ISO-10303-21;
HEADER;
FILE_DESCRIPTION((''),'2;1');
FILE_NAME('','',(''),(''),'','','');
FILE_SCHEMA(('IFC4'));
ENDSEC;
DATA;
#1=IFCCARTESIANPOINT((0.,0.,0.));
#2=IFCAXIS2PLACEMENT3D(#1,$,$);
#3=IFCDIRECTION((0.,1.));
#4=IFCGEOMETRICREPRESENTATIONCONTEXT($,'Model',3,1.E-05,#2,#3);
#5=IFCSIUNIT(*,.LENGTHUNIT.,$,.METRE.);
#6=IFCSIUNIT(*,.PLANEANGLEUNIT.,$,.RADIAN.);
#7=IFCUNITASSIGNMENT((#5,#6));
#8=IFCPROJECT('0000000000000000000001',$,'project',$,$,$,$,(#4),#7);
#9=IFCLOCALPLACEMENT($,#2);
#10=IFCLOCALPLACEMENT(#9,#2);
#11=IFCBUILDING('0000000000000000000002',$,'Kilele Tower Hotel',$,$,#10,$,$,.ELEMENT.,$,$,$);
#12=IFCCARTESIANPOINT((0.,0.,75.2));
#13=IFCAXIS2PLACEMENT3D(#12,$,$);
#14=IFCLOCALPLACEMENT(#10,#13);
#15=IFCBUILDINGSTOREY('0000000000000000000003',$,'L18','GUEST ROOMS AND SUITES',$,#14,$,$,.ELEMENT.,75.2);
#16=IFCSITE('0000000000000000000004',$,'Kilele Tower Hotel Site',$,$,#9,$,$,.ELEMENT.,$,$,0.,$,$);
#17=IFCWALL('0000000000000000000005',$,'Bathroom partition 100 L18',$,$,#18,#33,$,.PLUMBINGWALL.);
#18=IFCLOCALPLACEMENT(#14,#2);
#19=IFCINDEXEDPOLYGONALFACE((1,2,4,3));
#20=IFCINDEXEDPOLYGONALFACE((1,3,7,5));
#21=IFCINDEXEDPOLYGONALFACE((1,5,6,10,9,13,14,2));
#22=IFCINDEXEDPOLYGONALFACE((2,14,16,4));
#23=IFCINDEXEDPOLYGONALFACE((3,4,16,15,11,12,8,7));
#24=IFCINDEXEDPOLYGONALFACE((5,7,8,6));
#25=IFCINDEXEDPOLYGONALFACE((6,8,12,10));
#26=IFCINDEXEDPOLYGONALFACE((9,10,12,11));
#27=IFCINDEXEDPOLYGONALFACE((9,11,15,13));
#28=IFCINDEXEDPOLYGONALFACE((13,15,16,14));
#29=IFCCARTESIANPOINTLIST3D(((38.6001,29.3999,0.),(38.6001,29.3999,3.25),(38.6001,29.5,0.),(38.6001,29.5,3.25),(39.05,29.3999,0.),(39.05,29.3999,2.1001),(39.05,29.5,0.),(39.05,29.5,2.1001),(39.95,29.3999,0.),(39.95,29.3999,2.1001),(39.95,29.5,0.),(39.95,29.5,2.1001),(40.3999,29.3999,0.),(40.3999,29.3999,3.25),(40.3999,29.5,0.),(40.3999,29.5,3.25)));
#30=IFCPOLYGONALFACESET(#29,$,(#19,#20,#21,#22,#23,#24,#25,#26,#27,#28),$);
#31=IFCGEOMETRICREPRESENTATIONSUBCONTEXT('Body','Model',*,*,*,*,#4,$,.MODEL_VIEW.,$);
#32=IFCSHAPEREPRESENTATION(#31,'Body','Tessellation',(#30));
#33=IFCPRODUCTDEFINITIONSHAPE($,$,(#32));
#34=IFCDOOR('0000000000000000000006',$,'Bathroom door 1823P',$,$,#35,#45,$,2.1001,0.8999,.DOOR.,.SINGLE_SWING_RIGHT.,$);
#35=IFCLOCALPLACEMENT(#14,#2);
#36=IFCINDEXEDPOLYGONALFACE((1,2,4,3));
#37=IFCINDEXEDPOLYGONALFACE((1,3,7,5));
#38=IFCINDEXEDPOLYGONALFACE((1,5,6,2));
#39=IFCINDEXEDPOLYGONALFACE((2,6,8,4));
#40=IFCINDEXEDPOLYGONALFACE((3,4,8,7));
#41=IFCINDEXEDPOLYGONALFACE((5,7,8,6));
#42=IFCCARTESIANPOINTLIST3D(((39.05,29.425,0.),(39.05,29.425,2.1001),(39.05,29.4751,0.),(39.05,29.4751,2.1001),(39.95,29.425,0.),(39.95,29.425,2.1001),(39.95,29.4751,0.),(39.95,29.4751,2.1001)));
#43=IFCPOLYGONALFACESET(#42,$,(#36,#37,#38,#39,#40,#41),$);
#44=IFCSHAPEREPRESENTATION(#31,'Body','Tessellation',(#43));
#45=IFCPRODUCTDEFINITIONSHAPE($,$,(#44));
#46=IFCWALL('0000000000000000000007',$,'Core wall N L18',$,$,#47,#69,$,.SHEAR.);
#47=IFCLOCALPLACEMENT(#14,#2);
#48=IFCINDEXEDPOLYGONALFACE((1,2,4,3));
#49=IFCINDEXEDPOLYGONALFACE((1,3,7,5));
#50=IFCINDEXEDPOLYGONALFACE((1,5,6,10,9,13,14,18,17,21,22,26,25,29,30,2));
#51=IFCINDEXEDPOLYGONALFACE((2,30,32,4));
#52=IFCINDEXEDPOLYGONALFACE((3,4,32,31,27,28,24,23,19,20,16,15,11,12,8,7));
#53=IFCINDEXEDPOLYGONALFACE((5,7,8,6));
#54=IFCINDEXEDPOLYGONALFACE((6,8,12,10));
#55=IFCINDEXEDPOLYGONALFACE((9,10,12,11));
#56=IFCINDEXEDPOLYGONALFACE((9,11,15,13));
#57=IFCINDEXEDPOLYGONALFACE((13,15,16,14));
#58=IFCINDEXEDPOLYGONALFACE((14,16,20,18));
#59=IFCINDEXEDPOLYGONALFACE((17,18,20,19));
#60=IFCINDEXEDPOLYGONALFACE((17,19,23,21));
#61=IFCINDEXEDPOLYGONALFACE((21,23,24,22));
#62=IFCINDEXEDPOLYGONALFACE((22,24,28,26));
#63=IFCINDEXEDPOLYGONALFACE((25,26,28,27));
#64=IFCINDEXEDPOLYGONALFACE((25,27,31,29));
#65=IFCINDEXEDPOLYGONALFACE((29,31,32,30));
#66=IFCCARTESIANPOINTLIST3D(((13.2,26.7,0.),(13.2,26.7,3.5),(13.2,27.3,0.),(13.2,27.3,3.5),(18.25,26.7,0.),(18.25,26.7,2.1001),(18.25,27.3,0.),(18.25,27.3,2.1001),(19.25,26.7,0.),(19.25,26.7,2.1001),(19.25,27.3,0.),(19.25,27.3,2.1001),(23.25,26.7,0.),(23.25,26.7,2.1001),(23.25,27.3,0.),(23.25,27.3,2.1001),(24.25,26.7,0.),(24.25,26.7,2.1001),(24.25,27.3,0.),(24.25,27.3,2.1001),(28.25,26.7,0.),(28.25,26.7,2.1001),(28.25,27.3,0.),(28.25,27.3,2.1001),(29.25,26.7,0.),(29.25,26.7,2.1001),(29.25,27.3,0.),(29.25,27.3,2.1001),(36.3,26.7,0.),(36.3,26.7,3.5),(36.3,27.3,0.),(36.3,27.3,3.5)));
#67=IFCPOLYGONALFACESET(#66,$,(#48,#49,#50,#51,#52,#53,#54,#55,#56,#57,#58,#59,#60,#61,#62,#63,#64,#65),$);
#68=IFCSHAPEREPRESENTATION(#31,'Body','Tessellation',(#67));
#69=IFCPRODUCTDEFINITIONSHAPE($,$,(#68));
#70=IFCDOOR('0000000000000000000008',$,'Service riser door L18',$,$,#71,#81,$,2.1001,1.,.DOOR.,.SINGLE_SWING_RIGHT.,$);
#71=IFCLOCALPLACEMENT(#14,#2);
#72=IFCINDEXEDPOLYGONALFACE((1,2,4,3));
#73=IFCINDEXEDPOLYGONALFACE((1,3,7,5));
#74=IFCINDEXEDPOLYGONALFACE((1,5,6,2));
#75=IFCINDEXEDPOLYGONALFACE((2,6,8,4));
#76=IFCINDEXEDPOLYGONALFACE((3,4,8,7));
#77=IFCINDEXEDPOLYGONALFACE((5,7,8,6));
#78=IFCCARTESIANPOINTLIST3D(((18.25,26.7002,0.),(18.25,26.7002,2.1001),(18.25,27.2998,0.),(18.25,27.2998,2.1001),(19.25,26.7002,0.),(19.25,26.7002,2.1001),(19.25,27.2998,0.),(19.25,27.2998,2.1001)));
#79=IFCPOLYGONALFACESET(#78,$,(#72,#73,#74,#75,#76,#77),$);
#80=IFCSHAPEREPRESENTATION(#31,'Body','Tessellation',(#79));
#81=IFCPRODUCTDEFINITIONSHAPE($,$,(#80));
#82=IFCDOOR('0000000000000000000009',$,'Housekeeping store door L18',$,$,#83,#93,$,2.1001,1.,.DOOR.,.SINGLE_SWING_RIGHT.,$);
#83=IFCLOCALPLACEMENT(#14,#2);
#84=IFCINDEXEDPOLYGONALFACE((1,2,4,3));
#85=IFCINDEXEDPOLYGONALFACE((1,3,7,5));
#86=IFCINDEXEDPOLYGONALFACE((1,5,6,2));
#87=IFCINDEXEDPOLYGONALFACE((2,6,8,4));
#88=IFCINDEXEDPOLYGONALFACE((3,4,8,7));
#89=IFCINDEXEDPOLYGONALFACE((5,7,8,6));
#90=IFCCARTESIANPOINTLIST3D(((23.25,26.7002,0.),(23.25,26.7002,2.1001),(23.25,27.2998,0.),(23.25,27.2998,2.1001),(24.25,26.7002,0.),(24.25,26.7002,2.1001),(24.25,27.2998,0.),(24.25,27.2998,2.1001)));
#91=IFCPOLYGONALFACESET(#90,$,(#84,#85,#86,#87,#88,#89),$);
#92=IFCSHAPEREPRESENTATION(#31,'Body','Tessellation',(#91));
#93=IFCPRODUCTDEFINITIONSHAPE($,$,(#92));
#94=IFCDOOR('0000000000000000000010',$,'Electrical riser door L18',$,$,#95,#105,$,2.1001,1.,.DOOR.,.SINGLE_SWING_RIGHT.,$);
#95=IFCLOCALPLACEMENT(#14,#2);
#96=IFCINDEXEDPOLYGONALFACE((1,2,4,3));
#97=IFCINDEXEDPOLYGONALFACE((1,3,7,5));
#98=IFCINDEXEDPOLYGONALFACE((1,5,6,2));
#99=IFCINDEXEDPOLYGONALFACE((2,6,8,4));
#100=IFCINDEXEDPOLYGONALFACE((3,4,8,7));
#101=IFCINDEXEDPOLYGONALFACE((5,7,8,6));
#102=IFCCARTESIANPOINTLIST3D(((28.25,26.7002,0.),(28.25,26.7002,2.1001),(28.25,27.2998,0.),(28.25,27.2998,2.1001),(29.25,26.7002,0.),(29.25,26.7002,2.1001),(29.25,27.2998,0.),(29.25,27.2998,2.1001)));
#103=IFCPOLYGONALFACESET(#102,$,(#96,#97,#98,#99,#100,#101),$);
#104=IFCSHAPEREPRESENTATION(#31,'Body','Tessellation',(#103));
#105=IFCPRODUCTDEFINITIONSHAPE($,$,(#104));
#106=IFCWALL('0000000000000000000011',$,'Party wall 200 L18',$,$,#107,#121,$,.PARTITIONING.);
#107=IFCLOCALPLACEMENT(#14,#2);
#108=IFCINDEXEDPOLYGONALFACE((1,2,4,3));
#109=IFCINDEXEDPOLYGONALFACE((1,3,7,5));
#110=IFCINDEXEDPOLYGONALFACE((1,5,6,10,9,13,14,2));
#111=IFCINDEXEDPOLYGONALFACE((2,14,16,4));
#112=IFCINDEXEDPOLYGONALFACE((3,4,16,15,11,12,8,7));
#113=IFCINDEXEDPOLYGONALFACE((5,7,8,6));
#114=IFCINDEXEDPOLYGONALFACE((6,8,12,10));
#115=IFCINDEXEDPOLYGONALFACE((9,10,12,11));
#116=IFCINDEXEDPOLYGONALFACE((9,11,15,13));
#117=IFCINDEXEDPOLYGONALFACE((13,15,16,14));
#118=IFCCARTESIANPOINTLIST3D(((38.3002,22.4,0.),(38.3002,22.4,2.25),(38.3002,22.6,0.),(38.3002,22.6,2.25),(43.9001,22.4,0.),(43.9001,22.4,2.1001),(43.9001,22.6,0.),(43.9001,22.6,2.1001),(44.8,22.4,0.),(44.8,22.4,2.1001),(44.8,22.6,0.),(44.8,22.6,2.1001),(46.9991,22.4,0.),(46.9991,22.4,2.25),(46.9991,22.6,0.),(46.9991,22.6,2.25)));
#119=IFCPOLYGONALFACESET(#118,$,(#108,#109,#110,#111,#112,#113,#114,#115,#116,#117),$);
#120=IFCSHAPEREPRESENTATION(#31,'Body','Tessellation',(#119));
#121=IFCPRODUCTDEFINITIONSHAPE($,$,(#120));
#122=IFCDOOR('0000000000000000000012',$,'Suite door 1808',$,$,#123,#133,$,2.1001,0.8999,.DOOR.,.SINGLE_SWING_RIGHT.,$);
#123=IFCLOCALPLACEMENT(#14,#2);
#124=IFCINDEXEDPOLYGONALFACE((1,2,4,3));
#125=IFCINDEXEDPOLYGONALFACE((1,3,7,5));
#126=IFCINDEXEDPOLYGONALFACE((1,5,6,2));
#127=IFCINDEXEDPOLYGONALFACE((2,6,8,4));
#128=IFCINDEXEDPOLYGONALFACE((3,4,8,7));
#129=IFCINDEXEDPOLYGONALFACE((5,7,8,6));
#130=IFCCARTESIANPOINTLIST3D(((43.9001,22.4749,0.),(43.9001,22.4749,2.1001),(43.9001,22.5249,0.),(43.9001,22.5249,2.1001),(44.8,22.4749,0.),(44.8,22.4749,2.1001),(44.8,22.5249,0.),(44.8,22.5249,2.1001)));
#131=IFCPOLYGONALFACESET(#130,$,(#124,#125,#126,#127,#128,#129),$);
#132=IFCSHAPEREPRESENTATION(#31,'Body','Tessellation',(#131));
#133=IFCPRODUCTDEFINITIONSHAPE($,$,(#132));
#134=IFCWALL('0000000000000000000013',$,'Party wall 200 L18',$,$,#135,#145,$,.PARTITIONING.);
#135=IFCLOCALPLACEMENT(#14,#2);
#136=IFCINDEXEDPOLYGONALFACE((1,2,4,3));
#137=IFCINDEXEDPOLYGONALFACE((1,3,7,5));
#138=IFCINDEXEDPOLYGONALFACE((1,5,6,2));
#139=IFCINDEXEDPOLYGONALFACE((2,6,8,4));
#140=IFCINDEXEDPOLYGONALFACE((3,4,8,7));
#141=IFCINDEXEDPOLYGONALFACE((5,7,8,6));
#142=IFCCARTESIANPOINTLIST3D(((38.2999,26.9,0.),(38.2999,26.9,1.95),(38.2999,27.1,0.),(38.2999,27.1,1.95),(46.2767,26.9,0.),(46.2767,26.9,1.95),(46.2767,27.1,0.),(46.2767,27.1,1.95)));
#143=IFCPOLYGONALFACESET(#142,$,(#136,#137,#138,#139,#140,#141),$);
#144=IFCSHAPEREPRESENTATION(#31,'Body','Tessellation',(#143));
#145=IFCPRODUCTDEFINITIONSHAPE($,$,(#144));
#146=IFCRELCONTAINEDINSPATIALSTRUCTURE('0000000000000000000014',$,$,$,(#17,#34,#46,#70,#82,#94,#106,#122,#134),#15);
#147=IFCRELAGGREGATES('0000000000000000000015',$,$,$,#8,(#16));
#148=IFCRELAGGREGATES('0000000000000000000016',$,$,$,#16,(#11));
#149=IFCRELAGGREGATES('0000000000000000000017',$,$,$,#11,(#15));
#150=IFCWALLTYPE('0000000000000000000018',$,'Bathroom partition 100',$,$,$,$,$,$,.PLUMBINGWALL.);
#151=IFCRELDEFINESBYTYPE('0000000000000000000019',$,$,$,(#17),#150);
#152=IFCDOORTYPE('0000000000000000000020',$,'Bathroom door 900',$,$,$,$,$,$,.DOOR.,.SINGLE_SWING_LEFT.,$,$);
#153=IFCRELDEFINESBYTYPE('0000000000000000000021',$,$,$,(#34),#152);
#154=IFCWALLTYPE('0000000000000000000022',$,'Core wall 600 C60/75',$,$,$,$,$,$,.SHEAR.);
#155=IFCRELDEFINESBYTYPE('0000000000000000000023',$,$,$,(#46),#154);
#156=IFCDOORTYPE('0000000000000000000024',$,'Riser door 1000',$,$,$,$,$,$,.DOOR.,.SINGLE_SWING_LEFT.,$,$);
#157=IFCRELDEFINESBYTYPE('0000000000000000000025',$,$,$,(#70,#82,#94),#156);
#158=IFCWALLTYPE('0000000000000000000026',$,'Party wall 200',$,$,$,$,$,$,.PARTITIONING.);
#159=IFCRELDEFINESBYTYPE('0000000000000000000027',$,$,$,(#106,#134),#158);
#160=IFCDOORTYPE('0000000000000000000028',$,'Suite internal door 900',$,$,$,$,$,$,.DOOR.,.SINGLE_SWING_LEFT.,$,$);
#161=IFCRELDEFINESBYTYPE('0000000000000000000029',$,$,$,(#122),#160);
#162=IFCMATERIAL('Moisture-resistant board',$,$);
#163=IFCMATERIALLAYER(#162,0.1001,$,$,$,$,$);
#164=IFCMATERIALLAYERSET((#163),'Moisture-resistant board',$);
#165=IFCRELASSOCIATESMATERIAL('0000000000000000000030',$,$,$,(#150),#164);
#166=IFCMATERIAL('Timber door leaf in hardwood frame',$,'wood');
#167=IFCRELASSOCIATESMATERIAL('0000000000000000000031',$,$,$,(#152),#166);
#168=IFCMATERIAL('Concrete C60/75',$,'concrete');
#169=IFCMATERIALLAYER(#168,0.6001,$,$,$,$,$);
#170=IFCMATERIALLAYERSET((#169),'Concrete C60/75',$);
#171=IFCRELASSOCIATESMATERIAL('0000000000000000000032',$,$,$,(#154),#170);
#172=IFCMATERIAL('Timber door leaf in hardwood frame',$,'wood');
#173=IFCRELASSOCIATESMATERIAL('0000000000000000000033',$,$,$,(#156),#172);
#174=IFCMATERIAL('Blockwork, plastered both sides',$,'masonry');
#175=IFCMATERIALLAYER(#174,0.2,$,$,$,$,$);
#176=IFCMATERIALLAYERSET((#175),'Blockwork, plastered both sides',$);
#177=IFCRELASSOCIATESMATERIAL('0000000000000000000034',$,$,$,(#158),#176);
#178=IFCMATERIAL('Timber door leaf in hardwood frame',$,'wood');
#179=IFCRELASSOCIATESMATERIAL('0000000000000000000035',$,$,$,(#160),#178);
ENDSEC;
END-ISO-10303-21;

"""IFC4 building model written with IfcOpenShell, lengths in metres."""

from ifc_helpers import new_model, si_unit, direction, frame, frame_2d, origin, place, context, subcontext, project, spatial, rectangle, extrude, material, layer, layer_set, type_object, element, fill, save


model = new_model("IFC4")

# Units and contexts
model_context = context("Model", 3, precision=1e-05, world=origin(), true_north=direction((0.0, 1.0)))
body_context = subcontext(model_context, "Body", "Model", "MODEL_VIEW")
ifc_project = project(units=[si_unit("LENGTHUNIT", "METRE"), si_unit("PLANEANGLEUNIT", "RADIAN")], contexts=[model_context])

# Site, building, storey
site_placement = place(None, origin())
site = spatial("IfcSite", under=ifc_project, at=site_placement, Name="Kilele Tower Hotel Site", CompositionType="ELEMENT", RefElevation=0.0)
building_placement = place(site_placement, origin())
building = spatial("IfcBuilding", under=site, at=building_placement, Name="Kilele Tower Hotel", CompositionType="ELEMENT")
storey_placement = place(building_placement, frame((0.0, 0.0, 75.2)))
storey = spatial("IfcBuildingStorey", under=building, at=storey_placement, Name="L18", Description="GUEST ROOMS AND SUITES", CompositionType="ELEMENT", Elevation=75.2)

# Shared definitions
ifc_material_1 = material(Name="Moisture-resistant board")
ifc_layer_1 = layer(ifc_material_1, 0.1001)
ifc_layer_set_1 = layer_set([ifc_layer_1], Name="Moisture-resistant board")
wall_type_1 = type_object("IfcWallType", Name="Bathroom partition 100", PredefinedType="PLUMBINGWALL", material=ifc_layer_set_1)
ifc_material_2 = material(Name="Timber door leaf in hardwood frame", Category="wood")
door_type_1 = type_object("IfcDoorType", Name="Bathroom door 900", OperationType="SINGLE_SWING_LEFT", PredefinedType="DOOR", material=ifc_material_2)

# Wall, opening, door
wall_1_placement = place(storey_placement, frame((38.6001, 29.45, 0.0), z_axis=(0.0, 0.0, 1.0), x_axis=(1.0, 0.0, 0.0)))
wall_1 = element("IfcWall", 1, at=wall_1_placement, inside=storey, type_object=wall_type_1, Name="Bathroom partition 100 L18", PredefinedType="PLUMBINGWALL", context=body_context, shape_type="SweptSolid", body=[
    extrude(rectangle(XDim=1.7998, YDim=0.1001, at=frame_2d((0.8999, 0.0))), origin(), (0.0, 0.0, 1.0), 3.25),
])
opening_1_placement = place(wall_1_placement, frame((1.3499, 0.0, 0.0), z_axis=(0.0, 0.0, 1.0), x_axis=(-1.0, 0.0, 0.0)))
opening_1 = element("IfcOpeningElement", 2, at=opening_1_placement, cuts=wall_1, PredefinedType="OPENING", context=body_context, shape_type="SweptSolid", body=[
    extrude(rectangle(XDim=0.8999, YDim=2.1001, at=frame_2d((0.45, 1.05))), frame((0.0, 0.0601, 0.0), z_axis=(0.0, -1.0, 0.0), x_axis=(1.0, 0.0, 0.0)), (0.0, 0.0, 1.0), 0.1201),
])
door_1_placement = place(opening_1_placement, origin())
door_1 = element("IfcDoor", 3, at=door_1_placement, inside=storey, type_object=door_type_1, Name="Bathroom door 1823P", OperationType="SINGLE_SWING_RIGHT", OverallHeight=2.1001, OverallWidth=0.8999, PredefinedType="DOOR", context=body_context, shape_type="SweptSolid", body=[
    extrude(rectangle(XDim=0.8999, YDim=2.1001, at=frame_2d((0.45, 1.05))), frame((0.0, 0.0249, 0.0), z_axis=(0.0, -1.0, 0.0), x_axis=(1.0, 0.0, 0.0)), (0.0, 0.0, 1.0), 0.05),
])
fill(opening_1, door_1)

# Wall, openings, doors
ifc_material_3 = material(Name="Concrete C60/75", Category="concrete")
ifc_layer_2 = layer(ifc_material_3, 0.6001)
ifc_layer_set_2 = layer_set([ifc_layer_2], Name="Concrete C60/75")
wall_type_2 = type_object("IfcWallType", Name="Core wall 600 C60/75", PredefinedType="SHEAR", material=ifc_layer_set_2)
wall_2_placement = place(storey_placement, frame((36.3, 27.0, 0.0), z_axis=(0.0, 0.0, 1.0), x_axis=(-1.0, 0.0, 0.0)))
wall_2 = element("IfcWall", 4, at=wall_2_placement, inside=storey, type_object=wall_type_2, Name="Core wall N L18", PredefinedType="SHEAR", context=body_context, shape_type="SweptSolid", body=[
    extrude(rectangle(XDim=23.1001, YDim=0.6001, at=frame_2d((11.55, 0.0))), origin(), (0.0, 0.0, 1.0), 3.5),
])
opening_2_placement = place(wall_2_placement, frame((17.05, 0.0, 0.0)))
opening_2 = element("IfcOpeningElement", 5, at=opening_2_placement, cuts=wall_2, PredefinedType="OPENING", context=body_context, shape_type="SweptSolid", body=[
    extrude(rectangle(XDim=1.0, YDim=2.1001, at=frame_2d((0.5, 1.05))), frame((0.0, 0.3101, 0.0), z_axis=(0.0, -1.0, 0.0), x_axis=(1.0, 0.0, 0.0)), (0.0, 0.0, 1.0), 0.6201),
])
opening_3_placement = place(wall_2_placement, frame((12.05, 0.0, 0.0)))
opening_3 = element("IfcOpeningElement", 6, at=opening_3_placement, cuts=wall_2, PredefinedType="OPENING", context=body_context, shape_type="SweptSolid", body=[
    extrude(rectangle(XDim=1.0, YDim=2.1001, at=frame_2d((0.5, 1.05))), frame((0.0, 0.3101, 0.0), z_axis=(0.0, -1.0, 0.0), x_axis=(1.0, 0.0, 0.0)), (0.0, 0.0, 1.0), 0.6201),
])
opening_4_placement = place(wall_2_placement, frame((7.05, 0.0, 0.0)))
opening_4 = element("IfcOpeningElement", 7, at=opening_4_placement, cuts=wall_2, PredefinedType="OPENING", context=body_context, shape_type="SweptSolid", body=[
    extrude(rectangle(XDim=1.0, YDim=2.1001, at=frame_2d((0.5, 1.05))), frame((0.0, 0.3101, 0.0), z_axis=(0.0, -1.0, 0.0), x_axis=(1.0, 0.0, 0.0)), (0.0, 0.0, 1.0), 0.6201),
])
ifc_material_4 = material(Name="Timber door leaf in hardwood frame", Category="wood")
door_type_2 = type_object("IfcDoorType", Name="Riser door 1000", OperationType="SINGLE_SWING_LEFT", PredefinedType="DOOR", material=ifc_material_4)
door_2_placement = place(opening_2_placement, origin())
door_2 = element("IfcDoor", 8, at=door_2_placement, inside=storey, type_object=door_type_2, Name="Service riser door L18", OperationType="SINGLE_SWING_RIGHT", OverallHeight=2.1001, OverallWidth=1.0, PredefinedType="DOOR", context=body_context, shape_type="SweptSolid", body=[
    extrude(rectangle(XDim=1.0, YDim=2.1001, at=frame_2d((0.5, 1.05))), frame((0.0, 0.2998, 0.0), z_axis=(0.0, -1.0, 0.0), x_axis=(1.0, 0.0, 0.0)), (0.0, 0.0, 1.0), 0.5996),
])
fill(opening_2, door_2)
door_3_placement = place(opening_3_placement, origin())
door_3 = element("IfcDoor", 9, at=door_3_placement, inside=storey, type_object=door_type_2, Name="Housekeeping store door L18", OperationType="SINGLE_SWING_RIGHT", OverallHeight=2.1001, OverallWidth=1.0, PredefinedType="DOOR", context=body_context, shape_type="SweptSolid", body=[
    extrude(rectangle(XDim=1.0, YDim=2.1001, at=frame_2d((0.5, 1.05))), frame((0.0, 0.2998, 0.0), z_axis=(0.0, -1.0, 0.0), x_axis=(1.0, 0.0, 0.0)), (0.0, 0.0, 1.0), 0.5996),
])
fill(opening_3, door_3)
door_4_placement = place(opening_4_placement, origin())
door_4 = element("IfcDoor", 10, at=door_4_placement, inside=storey, type_object=door_type_2, Name="Electrical riser door L18", OperationType="SINGLE_SWING_RIGHT", OverallHeight=2.1001, OverallWidth=1.0, PredefinedType="DOOR", context=body_context, shape_type="SweptSolid", body=[
    extrude(rectangle(XDim=1.0, YDim=2.1001, at=frame_2d((0.5, 1.05))), frame((0.0, 0.2998, 0.0), z_axis=(0.0, -1.0, 0.0), x_axis=(1.0, 0.0, 0.0)), (0.0, 0.0, 1.0), 0.5996),
])
fill(opening_4, door_4)

# Wall, opening, door
ifc_material_5 = material(Name="Blockwork, plastered both sides", Category="masonry")
ifc_layer_3 = layer(ifc_material_5, 0.2)
ifc_layer_set_3 = layer_set([ifc_layer_3], Name="Blockwork, plastered both sides")
wall_type_3 = type_object("IfcWallType", Name="Party wall 200", PredefinedType="PARTITIONING", material=ifc_layer_set_3)
wall_3_placement = place(storey_placement, frame((38.3, 22.5, 0.0), z_axis=(0.0, 0.0, 1.0), x_axis=(1.0, 0.0, 0.0)))
wall_3 = element("IfcWall", 11, at=wall_3_placement, inside=storey, type_object=wall_type_3, Name="Party wall 200 L18", PredefinedType="PARTITIONING", context=body_context, shape_type="SweptSolid", body=[
    extrude(rectangle(XDim=8.699, YDim=0.2, at=frame_2d((4.3496, 0.0))), origin(), (0.0, 0.0, 1.0), 2.25),
])
opening_5_placement = place(wall_3_placement, frame((5.6001, 0.0, 0.0)))
opening_5 = element("IfcOpeningElement", 12, at=opening_5_placement, cuts=wall_3, PredefinedType="OPENING", context=body_context, shape_type="SweptSolid", body=[
    extrude(rectangle(XDim=0.8999, YDim=2.1001, at=frame_2d((0.45, 1.05))), frame((0.0, 0.1099, 0.0), z_axis=(0.0, -1.0, 0.0), x_axis=(1.0, 0.0, 0.0)), (0.0, 0.0, 1.0), 0.22),
])
ifc_material_6 = material(Name="Timber door leaf in hardwood frame", Category="wood")
door_type_3 = type_object("IfcDoorType", Name="Suite internal door 900", OperationType="SINGLE_SWING_LEFT", PredefinedType="DOOR", material=ifc_material_6)
door_5_placement = place(opening_5_placement, origin())
door_5 = element("IfcDoor", 13, at=door_5_placement, inside=storey, type_object=door_type_3, Name="Suite door 1808", OperationType="SINGLE_SWING_RIGHT", OverallHeight=2.1001, OverallWidth=0.8999, PredefinedType="DOOR", context=body_context, shape_type="SweptSolid", body=[
    extrude(rectangle(XDim=0.8999, YDim=2.1001, at=frame_2d((0.45, 1.05))), frame((0.0, 0.0249, 0.0), z_axis=(0.0, -1.0, 0.0), x_axis=(1.0, 0.0, 0.0)), (0.0, 0.0, 1.0), 0.05),
])
fill(opening_5, door_5)

# Wall
wall_4_placement = place(storey_placement, frame((38.3, 27.0, 0.0), z_axis=(0.0, 0.0, 1.0), x_axis=(1.0, 0.0, 0.0)))
element("IfcWall", 14, at=wall_4_placement, inside=storey, type_object=wall_type_3, Name="Party wall 200 L18", PredefinedType="PARTITIONING", context=body_context, shape_type="SweptSolid", body=[
    extrude(rectangle(XDim=7.9768, YDim=0.2, at=frame_2d((3.9883, 0.0))), origin(), (0.0, 0.0, 1.0), 1.95),
])

save(model, "model.ifc")
